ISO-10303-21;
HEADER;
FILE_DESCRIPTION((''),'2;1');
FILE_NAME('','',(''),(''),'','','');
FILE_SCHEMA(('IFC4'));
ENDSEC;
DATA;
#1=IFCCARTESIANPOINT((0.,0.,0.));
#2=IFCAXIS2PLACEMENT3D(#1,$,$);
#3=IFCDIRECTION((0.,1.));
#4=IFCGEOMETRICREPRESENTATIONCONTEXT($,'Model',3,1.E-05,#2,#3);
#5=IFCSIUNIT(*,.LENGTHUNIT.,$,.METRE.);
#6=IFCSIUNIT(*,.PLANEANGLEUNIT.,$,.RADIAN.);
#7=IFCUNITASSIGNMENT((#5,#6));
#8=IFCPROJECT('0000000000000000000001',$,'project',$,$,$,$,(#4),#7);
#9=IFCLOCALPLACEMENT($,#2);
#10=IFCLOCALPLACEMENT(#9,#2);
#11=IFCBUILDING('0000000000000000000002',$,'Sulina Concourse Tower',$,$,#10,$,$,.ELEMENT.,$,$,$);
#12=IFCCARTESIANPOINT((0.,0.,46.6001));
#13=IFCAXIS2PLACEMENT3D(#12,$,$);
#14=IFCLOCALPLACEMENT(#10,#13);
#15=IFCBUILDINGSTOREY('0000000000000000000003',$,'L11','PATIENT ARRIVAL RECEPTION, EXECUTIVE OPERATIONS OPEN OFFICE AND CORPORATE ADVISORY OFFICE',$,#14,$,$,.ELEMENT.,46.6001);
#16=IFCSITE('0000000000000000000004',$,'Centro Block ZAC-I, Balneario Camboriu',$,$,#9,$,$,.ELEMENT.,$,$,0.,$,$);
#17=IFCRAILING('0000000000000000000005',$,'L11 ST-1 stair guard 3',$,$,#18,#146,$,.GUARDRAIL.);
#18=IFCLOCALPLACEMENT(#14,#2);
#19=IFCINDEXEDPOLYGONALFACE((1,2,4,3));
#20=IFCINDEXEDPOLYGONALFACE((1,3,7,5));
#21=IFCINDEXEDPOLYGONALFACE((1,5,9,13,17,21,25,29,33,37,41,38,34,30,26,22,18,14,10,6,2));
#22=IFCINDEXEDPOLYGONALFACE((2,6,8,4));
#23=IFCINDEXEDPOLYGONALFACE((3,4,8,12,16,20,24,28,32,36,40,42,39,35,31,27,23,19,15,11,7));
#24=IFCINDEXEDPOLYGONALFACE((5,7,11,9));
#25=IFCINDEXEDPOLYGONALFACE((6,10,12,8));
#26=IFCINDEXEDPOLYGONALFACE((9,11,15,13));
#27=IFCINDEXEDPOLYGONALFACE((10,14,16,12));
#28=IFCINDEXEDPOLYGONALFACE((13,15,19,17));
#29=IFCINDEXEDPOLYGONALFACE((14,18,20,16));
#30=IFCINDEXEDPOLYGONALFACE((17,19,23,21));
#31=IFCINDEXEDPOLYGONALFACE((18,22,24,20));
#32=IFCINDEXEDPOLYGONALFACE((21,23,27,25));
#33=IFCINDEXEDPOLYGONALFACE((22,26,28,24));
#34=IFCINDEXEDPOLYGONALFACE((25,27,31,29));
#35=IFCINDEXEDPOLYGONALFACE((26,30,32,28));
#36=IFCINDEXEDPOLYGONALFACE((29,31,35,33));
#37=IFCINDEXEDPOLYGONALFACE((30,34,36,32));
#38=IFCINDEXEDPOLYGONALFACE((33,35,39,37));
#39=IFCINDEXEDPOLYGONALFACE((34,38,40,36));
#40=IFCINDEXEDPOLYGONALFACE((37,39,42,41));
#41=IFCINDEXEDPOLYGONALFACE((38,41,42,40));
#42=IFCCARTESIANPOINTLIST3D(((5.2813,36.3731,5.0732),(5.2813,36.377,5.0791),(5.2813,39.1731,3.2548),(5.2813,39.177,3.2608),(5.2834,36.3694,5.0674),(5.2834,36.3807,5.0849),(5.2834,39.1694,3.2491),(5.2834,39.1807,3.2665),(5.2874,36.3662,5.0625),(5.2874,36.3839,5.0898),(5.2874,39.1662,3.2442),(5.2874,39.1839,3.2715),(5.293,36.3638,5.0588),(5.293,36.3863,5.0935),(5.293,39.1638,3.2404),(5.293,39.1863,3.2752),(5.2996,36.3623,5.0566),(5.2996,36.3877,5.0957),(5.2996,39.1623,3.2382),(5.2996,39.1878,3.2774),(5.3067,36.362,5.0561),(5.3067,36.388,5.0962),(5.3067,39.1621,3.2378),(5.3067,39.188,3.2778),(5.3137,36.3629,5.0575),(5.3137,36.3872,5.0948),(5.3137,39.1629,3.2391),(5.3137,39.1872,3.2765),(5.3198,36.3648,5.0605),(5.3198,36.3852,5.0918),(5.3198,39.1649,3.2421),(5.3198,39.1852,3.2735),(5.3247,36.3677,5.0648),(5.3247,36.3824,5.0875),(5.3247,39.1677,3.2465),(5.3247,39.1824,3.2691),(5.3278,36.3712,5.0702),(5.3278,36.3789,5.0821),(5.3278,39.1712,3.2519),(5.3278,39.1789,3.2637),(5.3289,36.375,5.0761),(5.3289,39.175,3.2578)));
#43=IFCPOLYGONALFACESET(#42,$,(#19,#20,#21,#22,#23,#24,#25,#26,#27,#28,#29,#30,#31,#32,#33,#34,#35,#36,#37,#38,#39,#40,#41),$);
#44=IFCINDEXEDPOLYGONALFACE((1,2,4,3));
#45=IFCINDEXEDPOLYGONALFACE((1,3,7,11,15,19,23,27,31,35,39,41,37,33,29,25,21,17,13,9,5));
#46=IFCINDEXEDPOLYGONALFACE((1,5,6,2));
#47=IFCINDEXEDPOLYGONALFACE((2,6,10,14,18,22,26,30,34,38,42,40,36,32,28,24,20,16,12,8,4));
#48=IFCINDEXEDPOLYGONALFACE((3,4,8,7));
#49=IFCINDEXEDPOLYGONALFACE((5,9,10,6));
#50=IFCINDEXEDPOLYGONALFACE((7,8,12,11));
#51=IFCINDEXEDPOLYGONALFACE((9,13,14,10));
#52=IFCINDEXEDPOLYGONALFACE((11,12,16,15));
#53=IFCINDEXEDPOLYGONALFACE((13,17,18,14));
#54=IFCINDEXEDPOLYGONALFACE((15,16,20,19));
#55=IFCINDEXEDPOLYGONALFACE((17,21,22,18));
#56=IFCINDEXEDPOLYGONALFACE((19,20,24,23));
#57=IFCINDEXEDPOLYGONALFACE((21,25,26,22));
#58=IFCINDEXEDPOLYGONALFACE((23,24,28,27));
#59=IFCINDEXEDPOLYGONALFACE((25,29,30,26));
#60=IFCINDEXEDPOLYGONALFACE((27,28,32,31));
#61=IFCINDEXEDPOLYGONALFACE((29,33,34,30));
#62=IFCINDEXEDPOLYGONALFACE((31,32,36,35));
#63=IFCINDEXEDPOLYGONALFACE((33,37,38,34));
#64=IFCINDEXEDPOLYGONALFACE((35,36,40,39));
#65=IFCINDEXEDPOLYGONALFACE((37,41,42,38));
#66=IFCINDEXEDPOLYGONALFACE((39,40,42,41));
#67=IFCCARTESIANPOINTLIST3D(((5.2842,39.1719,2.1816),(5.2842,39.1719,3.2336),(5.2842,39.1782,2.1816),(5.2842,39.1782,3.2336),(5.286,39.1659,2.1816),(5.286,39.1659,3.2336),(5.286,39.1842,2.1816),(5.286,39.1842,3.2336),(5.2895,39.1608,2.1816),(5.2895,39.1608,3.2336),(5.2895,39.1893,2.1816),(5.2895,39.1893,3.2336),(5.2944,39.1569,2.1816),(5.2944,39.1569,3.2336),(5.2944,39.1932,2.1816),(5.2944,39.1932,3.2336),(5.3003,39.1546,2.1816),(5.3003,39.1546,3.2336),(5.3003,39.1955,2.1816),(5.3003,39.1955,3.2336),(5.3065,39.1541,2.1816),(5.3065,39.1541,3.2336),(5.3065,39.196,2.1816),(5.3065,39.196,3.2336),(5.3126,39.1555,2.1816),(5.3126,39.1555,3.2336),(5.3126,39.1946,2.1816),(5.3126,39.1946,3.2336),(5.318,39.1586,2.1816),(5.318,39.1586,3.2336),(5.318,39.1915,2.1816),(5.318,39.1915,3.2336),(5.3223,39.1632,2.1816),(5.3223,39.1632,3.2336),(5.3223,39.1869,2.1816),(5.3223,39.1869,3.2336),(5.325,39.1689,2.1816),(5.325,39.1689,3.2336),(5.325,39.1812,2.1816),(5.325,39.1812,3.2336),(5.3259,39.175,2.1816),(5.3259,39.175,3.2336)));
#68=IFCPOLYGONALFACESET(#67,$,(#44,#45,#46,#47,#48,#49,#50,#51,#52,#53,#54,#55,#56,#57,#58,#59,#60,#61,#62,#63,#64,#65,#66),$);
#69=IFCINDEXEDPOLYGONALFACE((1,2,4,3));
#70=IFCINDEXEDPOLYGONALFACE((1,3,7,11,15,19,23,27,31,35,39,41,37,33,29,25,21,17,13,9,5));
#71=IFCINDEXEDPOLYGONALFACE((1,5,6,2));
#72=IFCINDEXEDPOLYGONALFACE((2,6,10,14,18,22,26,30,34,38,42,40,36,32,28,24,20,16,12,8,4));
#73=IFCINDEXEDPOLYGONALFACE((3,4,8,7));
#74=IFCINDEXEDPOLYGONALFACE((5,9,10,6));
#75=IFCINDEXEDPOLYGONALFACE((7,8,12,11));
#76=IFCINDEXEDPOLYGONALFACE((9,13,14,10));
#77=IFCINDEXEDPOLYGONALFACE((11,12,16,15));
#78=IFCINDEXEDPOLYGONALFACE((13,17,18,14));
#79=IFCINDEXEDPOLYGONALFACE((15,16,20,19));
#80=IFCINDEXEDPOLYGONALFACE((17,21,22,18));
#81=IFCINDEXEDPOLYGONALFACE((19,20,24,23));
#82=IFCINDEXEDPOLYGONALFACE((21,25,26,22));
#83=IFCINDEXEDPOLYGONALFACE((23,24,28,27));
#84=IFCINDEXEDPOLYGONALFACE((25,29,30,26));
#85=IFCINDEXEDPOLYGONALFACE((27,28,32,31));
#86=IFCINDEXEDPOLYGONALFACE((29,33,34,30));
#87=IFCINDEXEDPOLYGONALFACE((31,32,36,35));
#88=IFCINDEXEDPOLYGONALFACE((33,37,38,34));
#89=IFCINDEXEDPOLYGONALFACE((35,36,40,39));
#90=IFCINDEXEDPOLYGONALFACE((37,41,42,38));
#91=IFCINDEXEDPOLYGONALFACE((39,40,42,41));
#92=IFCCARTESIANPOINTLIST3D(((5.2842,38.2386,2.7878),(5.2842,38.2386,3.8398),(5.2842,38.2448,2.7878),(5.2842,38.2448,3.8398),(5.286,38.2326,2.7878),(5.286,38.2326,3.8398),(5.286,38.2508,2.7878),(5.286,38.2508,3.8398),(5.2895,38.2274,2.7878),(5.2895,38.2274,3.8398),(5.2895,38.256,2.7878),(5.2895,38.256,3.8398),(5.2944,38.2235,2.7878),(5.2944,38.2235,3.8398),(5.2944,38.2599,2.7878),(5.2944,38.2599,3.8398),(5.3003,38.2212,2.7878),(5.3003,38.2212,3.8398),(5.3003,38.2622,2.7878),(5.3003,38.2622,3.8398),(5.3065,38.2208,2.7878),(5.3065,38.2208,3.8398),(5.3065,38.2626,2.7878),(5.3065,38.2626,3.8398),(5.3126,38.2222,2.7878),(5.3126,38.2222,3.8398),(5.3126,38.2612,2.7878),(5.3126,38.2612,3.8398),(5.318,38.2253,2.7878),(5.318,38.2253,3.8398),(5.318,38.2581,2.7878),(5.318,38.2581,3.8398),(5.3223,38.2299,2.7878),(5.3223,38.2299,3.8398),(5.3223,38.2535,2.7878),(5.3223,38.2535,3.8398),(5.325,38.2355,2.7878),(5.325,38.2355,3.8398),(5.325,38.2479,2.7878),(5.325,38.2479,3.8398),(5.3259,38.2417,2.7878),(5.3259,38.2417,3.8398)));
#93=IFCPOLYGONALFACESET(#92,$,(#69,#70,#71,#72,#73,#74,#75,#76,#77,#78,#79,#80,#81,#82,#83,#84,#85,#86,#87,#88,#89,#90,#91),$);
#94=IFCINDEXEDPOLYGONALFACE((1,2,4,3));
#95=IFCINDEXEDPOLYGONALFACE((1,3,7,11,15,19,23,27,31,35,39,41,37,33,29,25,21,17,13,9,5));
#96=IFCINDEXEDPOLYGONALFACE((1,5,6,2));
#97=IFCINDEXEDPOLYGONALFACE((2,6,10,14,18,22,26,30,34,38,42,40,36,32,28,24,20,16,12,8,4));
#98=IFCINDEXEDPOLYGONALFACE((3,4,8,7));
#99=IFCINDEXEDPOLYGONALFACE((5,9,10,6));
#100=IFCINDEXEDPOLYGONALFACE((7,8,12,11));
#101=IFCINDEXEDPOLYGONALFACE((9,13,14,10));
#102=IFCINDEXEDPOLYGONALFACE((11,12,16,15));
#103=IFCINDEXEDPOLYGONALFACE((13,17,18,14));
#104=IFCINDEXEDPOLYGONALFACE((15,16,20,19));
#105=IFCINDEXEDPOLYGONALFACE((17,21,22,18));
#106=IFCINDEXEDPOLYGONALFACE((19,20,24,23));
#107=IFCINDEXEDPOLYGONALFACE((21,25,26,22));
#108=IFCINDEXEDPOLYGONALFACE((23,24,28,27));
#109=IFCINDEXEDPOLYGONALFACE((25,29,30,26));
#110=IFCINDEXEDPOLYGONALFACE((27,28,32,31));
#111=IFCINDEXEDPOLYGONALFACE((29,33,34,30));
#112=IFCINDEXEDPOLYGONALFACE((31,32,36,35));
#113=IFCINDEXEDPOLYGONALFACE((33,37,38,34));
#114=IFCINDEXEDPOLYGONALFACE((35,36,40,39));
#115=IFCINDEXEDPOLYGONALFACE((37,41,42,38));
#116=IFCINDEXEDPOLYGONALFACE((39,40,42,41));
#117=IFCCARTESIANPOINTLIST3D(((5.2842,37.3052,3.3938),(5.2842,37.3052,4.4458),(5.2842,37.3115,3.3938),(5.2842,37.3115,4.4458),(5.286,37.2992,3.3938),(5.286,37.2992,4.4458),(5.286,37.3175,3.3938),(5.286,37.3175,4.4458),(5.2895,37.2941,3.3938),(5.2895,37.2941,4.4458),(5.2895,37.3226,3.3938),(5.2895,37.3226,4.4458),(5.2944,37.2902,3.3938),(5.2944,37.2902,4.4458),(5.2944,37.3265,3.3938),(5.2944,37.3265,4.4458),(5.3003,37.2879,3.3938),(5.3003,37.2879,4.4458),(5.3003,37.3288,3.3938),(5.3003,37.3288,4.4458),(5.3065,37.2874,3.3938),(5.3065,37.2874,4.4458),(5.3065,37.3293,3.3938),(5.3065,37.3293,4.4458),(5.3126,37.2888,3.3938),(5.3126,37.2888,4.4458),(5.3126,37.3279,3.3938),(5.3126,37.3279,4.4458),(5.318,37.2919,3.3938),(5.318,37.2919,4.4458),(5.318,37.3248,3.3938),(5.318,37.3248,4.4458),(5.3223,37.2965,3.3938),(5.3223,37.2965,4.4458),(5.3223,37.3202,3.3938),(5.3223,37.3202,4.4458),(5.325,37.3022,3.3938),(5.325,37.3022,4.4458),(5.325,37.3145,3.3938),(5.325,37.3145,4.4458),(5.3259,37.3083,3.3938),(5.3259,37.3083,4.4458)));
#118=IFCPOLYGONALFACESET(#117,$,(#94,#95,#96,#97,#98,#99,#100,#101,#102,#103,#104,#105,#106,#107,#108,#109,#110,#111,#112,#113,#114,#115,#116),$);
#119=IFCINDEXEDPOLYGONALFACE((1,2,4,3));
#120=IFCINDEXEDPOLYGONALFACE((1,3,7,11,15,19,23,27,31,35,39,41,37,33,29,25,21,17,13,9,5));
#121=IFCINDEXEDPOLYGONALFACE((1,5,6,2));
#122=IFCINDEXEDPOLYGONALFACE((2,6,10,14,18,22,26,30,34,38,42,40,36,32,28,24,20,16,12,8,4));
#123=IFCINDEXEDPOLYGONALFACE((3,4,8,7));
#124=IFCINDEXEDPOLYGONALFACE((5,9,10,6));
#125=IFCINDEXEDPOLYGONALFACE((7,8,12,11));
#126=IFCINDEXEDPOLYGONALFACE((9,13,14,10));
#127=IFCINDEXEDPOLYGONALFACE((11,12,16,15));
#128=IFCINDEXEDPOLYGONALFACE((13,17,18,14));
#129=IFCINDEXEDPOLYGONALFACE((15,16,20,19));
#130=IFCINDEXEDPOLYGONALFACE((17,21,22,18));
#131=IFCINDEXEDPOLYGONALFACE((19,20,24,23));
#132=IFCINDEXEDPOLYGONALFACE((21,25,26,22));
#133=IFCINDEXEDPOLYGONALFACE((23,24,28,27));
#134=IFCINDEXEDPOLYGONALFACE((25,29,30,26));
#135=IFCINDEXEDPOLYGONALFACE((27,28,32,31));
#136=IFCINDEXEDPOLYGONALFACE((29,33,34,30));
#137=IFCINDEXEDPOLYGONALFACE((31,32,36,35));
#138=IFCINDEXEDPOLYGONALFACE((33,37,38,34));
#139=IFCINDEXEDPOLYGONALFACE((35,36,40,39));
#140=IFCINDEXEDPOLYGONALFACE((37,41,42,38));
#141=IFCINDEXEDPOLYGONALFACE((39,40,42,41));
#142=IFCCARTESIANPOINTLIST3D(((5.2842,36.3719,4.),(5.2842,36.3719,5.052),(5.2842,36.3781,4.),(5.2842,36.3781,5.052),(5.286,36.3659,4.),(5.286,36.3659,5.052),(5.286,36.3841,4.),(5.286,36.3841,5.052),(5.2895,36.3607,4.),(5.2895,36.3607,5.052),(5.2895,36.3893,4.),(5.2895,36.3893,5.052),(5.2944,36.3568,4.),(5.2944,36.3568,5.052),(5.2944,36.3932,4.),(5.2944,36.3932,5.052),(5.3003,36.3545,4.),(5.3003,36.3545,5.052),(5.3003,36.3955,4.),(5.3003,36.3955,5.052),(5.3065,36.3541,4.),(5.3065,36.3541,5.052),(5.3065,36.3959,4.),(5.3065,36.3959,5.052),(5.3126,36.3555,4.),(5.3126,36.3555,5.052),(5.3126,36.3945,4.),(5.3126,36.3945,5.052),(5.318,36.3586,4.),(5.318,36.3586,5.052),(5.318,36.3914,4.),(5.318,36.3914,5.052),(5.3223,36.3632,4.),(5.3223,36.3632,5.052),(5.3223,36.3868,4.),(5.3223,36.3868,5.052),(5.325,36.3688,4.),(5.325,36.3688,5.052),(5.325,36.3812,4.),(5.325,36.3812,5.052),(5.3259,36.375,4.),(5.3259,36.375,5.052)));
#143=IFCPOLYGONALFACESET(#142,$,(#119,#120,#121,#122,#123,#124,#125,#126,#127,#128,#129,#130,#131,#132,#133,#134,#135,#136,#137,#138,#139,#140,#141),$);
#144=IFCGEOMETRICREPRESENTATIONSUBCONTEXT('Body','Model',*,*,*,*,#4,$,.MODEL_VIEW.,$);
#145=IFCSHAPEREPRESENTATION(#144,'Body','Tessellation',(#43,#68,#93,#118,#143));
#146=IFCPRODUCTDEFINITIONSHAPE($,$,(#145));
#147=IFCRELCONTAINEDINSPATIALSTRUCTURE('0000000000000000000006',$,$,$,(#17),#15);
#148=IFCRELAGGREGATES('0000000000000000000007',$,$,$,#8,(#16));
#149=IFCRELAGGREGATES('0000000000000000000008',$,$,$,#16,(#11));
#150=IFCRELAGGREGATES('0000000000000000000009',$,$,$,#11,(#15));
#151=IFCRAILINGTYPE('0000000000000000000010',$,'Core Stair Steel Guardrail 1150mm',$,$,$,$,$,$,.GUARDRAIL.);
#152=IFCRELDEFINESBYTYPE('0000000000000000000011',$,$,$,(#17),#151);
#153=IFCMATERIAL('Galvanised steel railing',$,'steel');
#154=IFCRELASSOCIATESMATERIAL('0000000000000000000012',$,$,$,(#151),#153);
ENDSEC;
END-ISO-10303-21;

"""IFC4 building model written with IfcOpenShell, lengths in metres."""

from ifc_helpers import new_model, si_unit, direction, frame, origin, origin_2d, place, context, subcontext, project, spatial, circle, extrude, material, type_object, element, save


model = new_model("IFC4")

# Units and contexts
model_context = context("Model", 3, precision=1e-05, world=origin(), true_north=direction((0.0, 1.0)))
body_context = subcontext(model_context, "Body", "Model", "MODEL_VIEW")
ifc_project = project(units=[si_unit("LENGTHUNIT", "METRE"), si_unit("PLANEANGLEUNIT", "RADIAN")], contexts=[model_context])

# Site, building, storey
site_placement = place(None, origin())
site = spatial("IfcSite", under=ifc_project, at=site_placement, Name="Centro Block ZAC-I, Balneario Camboriu", CompositionType="ELEMENT", RefElevation=0.0)
building_placement = place(site_placement, origin())
building = spatial("IfcBuilding", under=site, at=building_placement, Name="Sulina Concourse Tower", CompositionType="ELEMENT")
storey_placement = place(building_placement, frame((0.0, 0.0, 46.6001)))
storey = spatial("IfcBuildingStorey", under=building, at=storey_placement, Name="L11", Description="PATIENT ARRIVAL RECEPTION, EXECUTIVE OPERATIONS OPEN OFFICE AND CORPORATE ADVISORY OFFICE", CompositionType="ELEMENT", Elevation=46.6001)

# Railing
ifc_material_1 = material(Name="Galvanised steel railing", Category="steel")
railing_type_1 = type_object("IfcRailingType", Name="Core Stair Steel Guardrail 1150mm", PredefinedType="GUARDRAIL", material=ifc_material_1)
railing_1_placement = place(storey_placement, frame((5.3049, 39.175, 2.1816)))
element("IfcRailing", 1, at=railing_1_placement, inside=storey, type_object=railing_type_1, Name="L11 ST-1 stair guard 3", PredefinedType="GUARDRAIL", context=body_context, shape_type="SweptSolid", body=[
    extrude(circle(Radius=0.0239, at=origin_2d()), frame((0.0, 0.0, 1.0762), z_axis=(0.0, -0.838672, 0.544636), x_axis=(1.0, 0.0, 0.0)), (0.0, 0.0, 1.0), 3.3386),
    extrude(circle(Radius=0.021, at=origin_2d()), origin(), (0.0, 0.0, 1.0), 1.052),
    extrude(circle(Radius=0.021, at=origin_2d()), frame((0.0, -0.9333, 0.6062)), (0.0, 0.0, 1.0), 1.052),
    extrude(circle(Radius=0.021, at=origin_2d()), frame((0.0, -1.8667, 1.2122)), (0.0, 0.0, 1.0), 1.052),
    extrude(circle(Radius=0.021, at=origin_2d()), frame((0.0, -2.8, 1.8184)), (0.0, 0.0, 1.0), 1.052),
])

save(model, "model.ifc")
